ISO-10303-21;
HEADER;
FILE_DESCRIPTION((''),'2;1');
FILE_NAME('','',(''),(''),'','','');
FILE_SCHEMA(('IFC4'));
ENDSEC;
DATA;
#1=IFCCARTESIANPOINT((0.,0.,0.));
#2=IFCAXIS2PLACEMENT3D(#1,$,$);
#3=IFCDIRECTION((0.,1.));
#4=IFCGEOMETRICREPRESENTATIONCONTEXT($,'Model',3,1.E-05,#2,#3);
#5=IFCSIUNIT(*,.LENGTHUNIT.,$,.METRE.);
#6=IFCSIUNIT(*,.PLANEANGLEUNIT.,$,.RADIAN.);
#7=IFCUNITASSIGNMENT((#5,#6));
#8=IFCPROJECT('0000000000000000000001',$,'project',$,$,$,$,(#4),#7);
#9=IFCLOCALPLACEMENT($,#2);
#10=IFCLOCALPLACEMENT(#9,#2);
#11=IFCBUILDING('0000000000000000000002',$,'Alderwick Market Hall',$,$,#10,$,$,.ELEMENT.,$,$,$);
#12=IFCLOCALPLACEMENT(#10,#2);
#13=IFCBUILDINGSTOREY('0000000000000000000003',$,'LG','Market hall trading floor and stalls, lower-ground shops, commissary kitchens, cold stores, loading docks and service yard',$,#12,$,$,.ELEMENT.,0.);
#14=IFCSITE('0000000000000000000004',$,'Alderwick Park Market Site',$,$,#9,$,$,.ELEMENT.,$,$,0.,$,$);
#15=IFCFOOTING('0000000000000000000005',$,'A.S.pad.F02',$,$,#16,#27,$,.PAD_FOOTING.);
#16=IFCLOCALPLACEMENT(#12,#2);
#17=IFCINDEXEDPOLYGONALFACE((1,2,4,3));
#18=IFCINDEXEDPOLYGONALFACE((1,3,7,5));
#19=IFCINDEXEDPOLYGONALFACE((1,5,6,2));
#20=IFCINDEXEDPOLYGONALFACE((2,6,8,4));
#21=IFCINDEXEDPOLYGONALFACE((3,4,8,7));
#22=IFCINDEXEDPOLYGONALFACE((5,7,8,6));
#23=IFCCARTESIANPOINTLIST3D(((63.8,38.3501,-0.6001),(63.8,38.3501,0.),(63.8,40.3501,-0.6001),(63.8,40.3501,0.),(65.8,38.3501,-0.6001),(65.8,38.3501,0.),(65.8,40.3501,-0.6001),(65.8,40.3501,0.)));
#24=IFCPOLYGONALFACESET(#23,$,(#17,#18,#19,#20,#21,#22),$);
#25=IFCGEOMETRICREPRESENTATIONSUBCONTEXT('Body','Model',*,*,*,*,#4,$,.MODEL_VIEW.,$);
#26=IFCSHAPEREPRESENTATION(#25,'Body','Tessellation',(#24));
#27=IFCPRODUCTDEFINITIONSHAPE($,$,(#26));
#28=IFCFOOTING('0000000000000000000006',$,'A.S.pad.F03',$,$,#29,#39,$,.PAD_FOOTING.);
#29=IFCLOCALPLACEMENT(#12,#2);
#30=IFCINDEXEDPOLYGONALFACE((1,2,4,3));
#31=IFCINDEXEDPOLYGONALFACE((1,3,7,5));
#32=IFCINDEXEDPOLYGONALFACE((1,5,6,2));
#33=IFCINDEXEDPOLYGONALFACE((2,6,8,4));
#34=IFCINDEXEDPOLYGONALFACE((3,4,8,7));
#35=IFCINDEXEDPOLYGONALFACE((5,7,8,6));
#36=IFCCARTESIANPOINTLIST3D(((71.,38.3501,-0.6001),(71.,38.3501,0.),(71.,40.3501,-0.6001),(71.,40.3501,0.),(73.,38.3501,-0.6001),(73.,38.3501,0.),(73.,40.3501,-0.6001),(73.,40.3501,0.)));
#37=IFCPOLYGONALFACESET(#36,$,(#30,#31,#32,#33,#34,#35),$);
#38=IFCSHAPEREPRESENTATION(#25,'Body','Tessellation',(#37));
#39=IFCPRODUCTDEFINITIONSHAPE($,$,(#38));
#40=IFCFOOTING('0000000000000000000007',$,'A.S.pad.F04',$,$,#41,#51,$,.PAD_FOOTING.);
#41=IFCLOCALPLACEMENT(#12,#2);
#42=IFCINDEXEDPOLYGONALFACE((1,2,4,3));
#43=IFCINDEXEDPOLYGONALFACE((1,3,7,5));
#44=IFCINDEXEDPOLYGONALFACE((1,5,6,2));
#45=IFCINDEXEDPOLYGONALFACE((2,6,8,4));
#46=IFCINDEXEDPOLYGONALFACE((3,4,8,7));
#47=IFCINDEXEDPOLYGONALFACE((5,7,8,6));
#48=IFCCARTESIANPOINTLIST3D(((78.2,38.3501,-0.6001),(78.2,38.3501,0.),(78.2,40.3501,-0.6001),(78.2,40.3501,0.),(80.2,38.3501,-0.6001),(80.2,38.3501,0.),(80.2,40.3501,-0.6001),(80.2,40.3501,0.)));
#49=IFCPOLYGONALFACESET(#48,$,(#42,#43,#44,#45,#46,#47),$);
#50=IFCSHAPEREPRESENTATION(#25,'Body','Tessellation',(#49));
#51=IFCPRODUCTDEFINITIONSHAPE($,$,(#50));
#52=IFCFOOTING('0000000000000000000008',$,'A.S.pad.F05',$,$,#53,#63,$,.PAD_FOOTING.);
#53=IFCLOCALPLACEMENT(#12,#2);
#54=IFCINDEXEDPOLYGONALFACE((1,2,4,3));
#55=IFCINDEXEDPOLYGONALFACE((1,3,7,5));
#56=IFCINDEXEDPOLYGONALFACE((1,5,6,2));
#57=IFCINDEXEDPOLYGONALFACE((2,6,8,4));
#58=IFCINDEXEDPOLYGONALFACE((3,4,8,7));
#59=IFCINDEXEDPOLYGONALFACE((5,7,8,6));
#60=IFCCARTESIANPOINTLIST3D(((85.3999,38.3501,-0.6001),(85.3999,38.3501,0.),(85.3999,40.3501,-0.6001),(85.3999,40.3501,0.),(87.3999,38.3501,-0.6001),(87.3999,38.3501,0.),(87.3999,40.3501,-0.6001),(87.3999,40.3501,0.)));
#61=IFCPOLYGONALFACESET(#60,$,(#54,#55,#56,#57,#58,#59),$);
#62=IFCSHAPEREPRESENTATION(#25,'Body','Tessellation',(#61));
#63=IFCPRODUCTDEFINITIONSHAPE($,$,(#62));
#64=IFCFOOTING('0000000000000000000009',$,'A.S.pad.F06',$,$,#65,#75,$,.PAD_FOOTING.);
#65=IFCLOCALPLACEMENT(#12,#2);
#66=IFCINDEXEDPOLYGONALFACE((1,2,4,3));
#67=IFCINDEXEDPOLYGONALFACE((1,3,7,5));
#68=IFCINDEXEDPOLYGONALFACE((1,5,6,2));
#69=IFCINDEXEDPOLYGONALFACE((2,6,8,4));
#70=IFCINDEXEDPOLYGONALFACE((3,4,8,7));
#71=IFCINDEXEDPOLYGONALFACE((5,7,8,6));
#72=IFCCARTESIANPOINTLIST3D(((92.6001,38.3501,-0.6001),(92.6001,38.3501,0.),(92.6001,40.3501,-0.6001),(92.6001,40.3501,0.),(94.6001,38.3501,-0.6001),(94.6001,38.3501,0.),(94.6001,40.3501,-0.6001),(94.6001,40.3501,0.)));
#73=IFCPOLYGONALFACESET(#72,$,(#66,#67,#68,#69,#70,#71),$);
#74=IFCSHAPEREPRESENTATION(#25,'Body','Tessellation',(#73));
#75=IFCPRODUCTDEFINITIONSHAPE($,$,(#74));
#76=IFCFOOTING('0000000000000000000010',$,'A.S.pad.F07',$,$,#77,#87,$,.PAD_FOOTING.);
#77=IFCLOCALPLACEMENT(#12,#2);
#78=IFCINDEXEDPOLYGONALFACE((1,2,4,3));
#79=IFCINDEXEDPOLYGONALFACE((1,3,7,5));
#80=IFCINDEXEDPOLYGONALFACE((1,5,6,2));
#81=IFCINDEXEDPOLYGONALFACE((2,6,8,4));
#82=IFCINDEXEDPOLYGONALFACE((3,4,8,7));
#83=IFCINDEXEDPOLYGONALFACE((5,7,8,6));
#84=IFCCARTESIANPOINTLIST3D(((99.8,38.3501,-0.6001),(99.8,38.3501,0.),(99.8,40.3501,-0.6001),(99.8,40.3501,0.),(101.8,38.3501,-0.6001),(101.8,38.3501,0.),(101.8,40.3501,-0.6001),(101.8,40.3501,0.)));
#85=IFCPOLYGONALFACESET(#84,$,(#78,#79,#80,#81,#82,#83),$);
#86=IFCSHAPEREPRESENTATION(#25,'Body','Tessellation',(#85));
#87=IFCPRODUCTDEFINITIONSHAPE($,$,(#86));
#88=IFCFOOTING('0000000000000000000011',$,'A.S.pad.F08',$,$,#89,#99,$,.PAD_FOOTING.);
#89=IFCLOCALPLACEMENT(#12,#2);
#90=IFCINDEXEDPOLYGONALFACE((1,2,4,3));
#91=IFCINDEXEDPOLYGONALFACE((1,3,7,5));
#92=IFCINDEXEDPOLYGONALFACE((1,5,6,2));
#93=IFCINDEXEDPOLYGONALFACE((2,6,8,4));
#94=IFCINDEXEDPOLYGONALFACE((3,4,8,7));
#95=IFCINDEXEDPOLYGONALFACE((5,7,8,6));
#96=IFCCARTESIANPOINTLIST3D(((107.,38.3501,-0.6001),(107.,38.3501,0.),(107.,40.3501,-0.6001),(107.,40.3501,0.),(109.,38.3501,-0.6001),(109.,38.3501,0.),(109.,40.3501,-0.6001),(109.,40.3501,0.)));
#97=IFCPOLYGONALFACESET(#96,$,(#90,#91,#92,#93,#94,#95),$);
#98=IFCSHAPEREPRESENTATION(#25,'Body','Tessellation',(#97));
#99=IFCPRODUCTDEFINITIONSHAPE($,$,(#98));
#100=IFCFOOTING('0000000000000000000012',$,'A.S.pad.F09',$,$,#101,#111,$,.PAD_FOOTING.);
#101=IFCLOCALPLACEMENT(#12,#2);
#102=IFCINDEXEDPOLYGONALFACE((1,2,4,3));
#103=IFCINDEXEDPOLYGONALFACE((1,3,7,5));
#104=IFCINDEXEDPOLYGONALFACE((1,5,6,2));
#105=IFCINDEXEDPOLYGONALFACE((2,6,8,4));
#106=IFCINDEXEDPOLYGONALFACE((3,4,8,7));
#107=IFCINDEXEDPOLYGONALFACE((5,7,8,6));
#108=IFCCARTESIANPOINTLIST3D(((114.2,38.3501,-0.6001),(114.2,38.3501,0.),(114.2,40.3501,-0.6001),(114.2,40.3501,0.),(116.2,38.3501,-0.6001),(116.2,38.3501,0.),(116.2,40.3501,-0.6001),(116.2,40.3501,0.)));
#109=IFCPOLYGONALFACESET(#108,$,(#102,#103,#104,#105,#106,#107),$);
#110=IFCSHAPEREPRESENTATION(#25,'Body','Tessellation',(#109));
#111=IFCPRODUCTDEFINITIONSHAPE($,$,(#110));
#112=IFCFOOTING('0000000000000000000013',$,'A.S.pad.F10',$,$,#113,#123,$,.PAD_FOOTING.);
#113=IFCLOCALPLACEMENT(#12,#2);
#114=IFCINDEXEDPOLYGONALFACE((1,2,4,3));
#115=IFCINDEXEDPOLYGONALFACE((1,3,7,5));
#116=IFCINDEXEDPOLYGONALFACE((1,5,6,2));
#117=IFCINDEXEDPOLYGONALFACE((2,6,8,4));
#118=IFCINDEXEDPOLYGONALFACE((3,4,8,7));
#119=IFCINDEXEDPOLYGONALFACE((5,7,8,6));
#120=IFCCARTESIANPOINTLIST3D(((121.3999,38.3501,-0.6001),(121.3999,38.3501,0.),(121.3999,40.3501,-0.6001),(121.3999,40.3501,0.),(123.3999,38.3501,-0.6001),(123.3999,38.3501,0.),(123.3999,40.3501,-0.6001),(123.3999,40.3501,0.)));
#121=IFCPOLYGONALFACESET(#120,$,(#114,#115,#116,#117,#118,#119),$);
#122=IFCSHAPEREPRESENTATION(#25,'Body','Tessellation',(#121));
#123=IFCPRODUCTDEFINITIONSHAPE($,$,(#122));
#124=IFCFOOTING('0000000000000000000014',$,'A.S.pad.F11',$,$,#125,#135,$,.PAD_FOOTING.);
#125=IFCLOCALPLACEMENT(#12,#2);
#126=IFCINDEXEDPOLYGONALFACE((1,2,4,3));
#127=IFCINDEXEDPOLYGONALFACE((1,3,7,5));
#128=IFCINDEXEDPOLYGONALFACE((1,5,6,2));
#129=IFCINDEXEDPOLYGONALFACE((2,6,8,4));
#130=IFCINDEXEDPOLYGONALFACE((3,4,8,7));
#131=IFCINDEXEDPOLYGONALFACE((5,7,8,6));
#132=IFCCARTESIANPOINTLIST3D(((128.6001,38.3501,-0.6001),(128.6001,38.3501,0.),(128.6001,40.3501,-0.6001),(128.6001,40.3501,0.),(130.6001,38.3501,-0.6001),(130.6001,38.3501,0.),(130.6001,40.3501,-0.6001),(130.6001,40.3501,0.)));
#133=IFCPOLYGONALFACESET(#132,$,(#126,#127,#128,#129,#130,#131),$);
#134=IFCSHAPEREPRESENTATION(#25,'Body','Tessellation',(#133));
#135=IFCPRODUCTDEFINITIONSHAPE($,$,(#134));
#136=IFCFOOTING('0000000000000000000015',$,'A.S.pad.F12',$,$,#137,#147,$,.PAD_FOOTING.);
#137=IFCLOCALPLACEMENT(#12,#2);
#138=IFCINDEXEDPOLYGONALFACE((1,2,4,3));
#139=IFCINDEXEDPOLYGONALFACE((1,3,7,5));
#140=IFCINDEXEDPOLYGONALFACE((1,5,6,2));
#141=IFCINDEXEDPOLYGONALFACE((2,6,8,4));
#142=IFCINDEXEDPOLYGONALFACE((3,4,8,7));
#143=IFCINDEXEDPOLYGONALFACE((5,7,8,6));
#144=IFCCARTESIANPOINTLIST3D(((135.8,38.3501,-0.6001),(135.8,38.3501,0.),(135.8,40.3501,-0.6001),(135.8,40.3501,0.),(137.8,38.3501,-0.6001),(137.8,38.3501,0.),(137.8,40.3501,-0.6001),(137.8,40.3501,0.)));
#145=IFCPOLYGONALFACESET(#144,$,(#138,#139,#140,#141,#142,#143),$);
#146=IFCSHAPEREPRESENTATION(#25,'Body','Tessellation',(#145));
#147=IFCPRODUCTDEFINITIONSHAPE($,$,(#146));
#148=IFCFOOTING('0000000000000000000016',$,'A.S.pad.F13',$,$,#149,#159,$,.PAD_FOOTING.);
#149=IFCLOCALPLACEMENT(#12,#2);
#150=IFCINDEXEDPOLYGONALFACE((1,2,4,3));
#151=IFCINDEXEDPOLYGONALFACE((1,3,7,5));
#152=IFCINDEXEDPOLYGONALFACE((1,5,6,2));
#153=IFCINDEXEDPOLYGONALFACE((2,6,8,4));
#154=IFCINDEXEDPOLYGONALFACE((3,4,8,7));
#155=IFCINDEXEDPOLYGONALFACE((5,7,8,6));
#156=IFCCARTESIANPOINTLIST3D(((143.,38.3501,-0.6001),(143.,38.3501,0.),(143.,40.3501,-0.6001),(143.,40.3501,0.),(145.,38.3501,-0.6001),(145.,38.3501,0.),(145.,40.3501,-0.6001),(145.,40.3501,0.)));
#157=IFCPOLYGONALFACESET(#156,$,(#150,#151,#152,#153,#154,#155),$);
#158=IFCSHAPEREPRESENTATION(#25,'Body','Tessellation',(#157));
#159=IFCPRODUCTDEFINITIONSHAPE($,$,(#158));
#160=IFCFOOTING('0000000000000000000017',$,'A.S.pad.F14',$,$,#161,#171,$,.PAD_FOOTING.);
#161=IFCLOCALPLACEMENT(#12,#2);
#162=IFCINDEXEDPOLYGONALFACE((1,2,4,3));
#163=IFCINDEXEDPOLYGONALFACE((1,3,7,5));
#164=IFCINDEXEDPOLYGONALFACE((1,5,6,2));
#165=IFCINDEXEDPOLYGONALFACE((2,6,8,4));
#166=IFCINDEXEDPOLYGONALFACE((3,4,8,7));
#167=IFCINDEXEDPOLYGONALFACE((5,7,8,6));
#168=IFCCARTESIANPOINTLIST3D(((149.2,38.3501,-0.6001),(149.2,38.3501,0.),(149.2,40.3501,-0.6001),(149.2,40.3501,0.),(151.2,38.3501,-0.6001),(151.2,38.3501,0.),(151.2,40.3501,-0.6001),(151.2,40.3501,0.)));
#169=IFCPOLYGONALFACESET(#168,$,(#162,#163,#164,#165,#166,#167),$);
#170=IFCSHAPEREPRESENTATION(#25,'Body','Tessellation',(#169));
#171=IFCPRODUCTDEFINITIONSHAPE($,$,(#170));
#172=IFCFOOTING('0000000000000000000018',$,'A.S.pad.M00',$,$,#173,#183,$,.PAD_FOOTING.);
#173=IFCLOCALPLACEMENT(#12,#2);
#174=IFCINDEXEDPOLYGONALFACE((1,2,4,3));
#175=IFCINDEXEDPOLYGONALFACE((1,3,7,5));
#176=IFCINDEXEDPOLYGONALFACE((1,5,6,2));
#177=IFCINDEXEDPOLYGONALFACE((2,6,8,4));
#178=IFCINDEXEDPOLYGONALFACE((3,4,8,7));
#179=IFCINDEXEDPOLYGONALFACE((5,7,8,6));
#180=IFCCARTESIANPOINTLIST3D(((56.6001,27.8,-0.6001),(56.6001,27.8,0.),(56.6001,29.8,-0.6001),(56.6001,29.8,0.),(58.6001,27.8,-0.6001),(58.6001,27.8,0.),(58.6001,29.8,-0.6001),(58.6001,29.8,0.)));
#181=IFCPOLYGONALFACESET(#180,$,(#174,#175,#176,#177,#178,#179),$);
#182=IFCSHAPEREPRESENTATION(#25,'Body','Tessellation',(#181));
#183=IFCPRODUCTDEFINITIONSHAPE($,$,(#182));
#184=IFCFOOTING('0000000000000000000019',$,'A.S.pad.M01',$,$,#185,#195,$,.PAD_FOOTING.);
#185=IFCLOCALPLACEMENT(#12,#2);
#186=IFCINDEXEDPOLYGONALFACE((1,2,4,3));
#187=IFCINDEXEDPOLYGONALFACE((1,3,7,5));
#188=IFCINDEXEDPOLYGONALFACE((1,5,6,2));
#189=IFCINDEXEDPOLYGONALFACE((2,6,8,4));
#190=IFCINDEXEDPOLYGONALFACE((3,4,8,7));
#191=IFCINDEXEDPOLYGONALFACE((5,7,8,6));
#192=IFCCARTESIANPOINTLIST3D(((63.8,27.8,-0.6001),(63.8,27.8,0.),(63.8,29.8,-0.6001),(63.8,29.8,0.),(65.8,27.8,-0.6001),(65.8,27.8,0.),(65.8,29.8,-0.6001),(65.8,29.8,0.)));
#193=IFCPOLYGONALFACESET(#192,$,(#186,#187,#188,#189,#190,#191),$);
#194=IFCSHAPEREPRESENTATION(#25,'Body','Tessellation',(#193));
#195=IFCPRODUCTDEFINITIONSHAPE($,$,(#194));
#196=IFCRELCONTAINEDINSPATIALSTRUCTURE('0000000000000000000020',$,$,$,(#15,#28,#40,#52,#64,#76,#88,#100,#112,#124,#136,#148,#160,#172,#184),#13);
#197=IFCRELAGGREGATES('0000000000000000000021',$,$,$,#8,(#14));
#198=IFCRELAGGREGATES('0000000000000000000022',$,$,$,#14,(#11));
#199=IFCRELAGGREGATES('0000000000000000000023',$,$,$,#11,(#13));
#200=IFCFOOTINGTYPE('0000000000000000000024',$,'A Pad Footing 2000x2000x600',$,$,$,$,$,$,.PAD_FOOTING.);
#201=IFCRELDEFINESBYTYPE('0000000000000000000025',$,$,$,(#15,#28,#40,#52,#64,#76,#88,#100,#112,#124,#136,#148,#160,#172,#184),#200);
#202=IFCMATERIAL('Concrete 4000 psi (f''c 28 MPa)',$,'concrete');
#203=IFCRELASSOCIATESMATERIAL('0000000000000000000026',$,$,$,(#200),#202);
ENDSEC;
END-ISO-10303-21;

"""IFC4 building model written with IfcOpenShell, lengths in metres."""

from ifc_helpers import new_model, si_unit, direction, frame, origin, place, context, subcontext, project, spatial, polyline, outline, extrude, material, type_object, element, save


model = new_model("IFC4")

# Units and contexts
model_context = context("Model", 3, precision=1e-05, world=origin(), true_north=direction((0.0, 1.0)))
body_context = subcontext(model_context, "Body", "Model", "MODEL_VIEW")
ifc_project = project(units=[si_unit("LENGTHUNIT", "METRE"), si_unit("PLANEANGLEUNIT", "RADIAN")], contexts=[model_context])

# Site, building, storey
site_placement = place(None, origin())
site = spatial("IfcSite", under=ifc_project, at=site_placement, Name="Alderwick Park Market Site", CompositionType="ELEMENT", RefElevation=0.0)
building_placement = place(site_placement, origin())
building = spatial("IfcBuilding", under=site, at=building_placement, Name="Alderwick Market Hall", CompositionType="ELEMENT")
storey_placement = place(building_placement, origin())
storey = spatial("IfcBuildingStorey", under=building, at=storey_placement, Name="LG", Description="Market hall trading floor and stalls, lower-ground shops, commissary kitchens, cold stores, loading docks and service yard", CompositionType="ELEMENT", Elevation=0.0)

# Footings
ifc_material = material(Name="Concrete 4000 psi (f'c 28 MPa)", Category="concrete")
footing_type = type_object("IfcFootingType", Name="A Pad Footing 2000x2000x600", PredefinedType="PAD_FOOTING", material=ifc_material)
footing_1_placement = place(storey_placement, frame((0.0, 0.0, -0.6001)))
element("IfcFooting", 1, at=footing_1_placement, inside=storey, type_object=footing_type, Name="A.S.pad.F02", PredefinedType="PAD_FOOTING", context=body_context, shape_type="SweptSolid", body=[
    extrude(outline(polyline([(63.8, 38.3501), (65.8, 38.3501), (65.8, 40.3501), (63.8, 40.3501), (63.8, 38.3501)])), origin(), (0.0, 0.0, 1.0), 0.6001),
])
footing_2_placement = place(storey_placement, frame((0.0, 0.0, -0.6001)))
element("IfcFooting", 2, at=footing_2_placement, inside=storey, type_object=footing_type, Name="A.S.pad.F03", PredefinedType="PAD_FOOTING", context=body_context, shape_type="SweptSolid", body=[
    extrude(outline(polyline([(71.0, 38.3501), (73.0, 38.3501), (73.0, 40.3501), (71.0, 40.3501), (71.0, 38.3501)])), origin(), (0.0, 0.0, 1.0), 0.6001),
])
footing_3_placement = place(storey_placement, frame((0.0, 0.0, -0.6001)))
element("IfcFooting", 3, at=footing_3_placement, inside=storey, type_object=footing_type, Name="A.S.pad.F04", PredefinedType="PAD_FOOTING", context=body_context, shape_type="SweptSolid", body=[
    extrude(outline(polyline([(78.2, 38.3501), (80.2, 38.3501), (80.2, 40.3501), (78.2, 40.3501), (78.2, 38.3501)])), origin(), (0.0, 0.0, 1.0), 0.6001),
])
footing_4_placement = place(storey_placement, frame((0.0, 0.0, -0.6001)))
element("IfcFooting", 4, at=footing_4_placement, inside=storey, type_object=footing_type, Name="A.S.pad.F05", PredefinedType="PAD_FOOTING", context=body_context, shape_type="SweptSolid", body=[
    extrude(outline(polyline([(85.3999, 38.3501), (87.3999, 38.3501), (87.3999, 40.3501), (85.3999, 40.3501), (85.3999, 38.3501)])), origin(), (0.0, 0.0, 1.0), 0.6001),
])
footing_5_placement = place(storey_placement, frame((0.0, 0.0, -0.6001)))
element("IfcFooting", 5, at=footing_5_placement, inside=storey, type_object=footing_type, Name="A.S.pad.F06", PredefinedType="PAD_FOOTING", context=body_context, shape_type="SweptSolid", body=[
    extrude(outline(polyline([(92.6001, 38.3501), (94.6001, 38.3501), (94.6001, 40.3501), (92.6001, 40.3501), (92.6001, 38.3501)])), origin(), (0.0, 0.0, 1.0), 0.6001),
])
footing_6_placement = place(storey_placement, frame((0.0, 0.0, -0.6001)))
element("IfcFooting", 6, at=footing_6_placement, inside=storey, type_object=footing_type, Name="A.S.pad.F07", PredefinedType="PAD_FOOTING", context=body_context, shape_type="SweptSolid", body=[
    extrude(outline(polyline([(99.8, 38.3501), (101.8, 38.3501), (101.8, 40.3501), (99.8, 40.3501), (99.8, 38.3501)])), origin(), (0.0, 0.0, 1.0), 0.6001),
])
footing_7_placement = place(storey_placement, frame((0.0, 0.0, -0.6001)))
element("IfcFooting", 7, at=footing_7_placement, inside=storey, type_object=footing_type, Name="A.S.pad.F08", PredefinedType="PAD_FOOTING", context=body_context, shape_type="SweptSolid", body=[
    extrude(outline(polyline([(107.0, 38.3501), (109.0, 38.3501), (109.0, 40.3501), (107.0, 40.3501), (107.0, 38.3501)])), origin(), (0.0, 0.0, 1.0), 0.6001),
])
footing_8_placement = place(storey_placement, frame((0.0, 0.0, -0.6001)))
element("IfcFooting", 8, at=footing_8_placement, inside=storey, type_object=footing_type, Name="A.S.pad.F09", PredefinedType="PAD_FOOTING", context=body_context, shape_type="SweptSolid", body=[
    extrude(outline(polyline([(114.2, 38.3501), (116.2, 38.3501), (116.2, 40.3501), (114.2, 40.3501), (114.2, 38.3501)])), origin(), (0.0, 0.0, 1.0), 0.6001),
])
footing_9_placement = place(storey_placement, frame((0.0, 0.0, -0.6001)))
element("IfcFooting", 9, at=footing_9_placement, inside=storey, type_object=footing_type, Name="A.S.pad.F10", PredefinedType="PAD_FOOTING", context=body_context, shape_type="SweptSolid", body=[
    extrude(outline(polyline([(121.3999, 38.3501), (123.3999, 38.3501), (123.3999, 40.3501), (121.3999, 40.3501), (121.3999, 38.3501)])), origin(), (0.0, 0.0, 1.0), 0.6001),
])
footing_10_placement = place(storey_placement, frame((0.0, 0.0, -0.6001)))
element("IfcFooting", 10, at=footing_10_placement, inside=storey, type_object=footing_type, Name="A.S.pad.F11", PredefinedType="PAD_FOOTING", context=body_context, shape_type="SweptSolid", body=[
    extrude(outline(polyline([(128.6001, 38.3501), (130.6001, 38.3501), (130.6001, 40.3501), (128.6001, 40.3501), (128.6001, 38.3501)])), origin(), (0.0, 0.0, 1.0), 0.6001),
])
footing_11_placement = place(storey_placement, frame((0.0, 0.0, -0.6001)))
element("IfcFooting", 11, at=footing_11_placement, inside=storey, type_object=footing_type, Name="A.S.pad.F12", PredefinedType="PAD_FOOTING", context=body_context, shape_type="SweptSolid", body=[
    extrude(outline(polyline([(135.8, 38.3501), (137.8, 38.3501), (137.8, 40.3501), (135.8, 40.3501), (135.8, 38.3501)])), origin(), (0.0, 0.0, 1.0), 0.6001),
])
footing_12_placement = place(storey_placement, frame((0.0, 0.0, -0.6001)))
element("IfcFooting", 12, at=footing_12_placement, inside=storey, type_object=footing_type, Name="A.S.pad.F13", PredefinedType="PAD_FOOTING", context=body_context, shape_type="SweptSolid", body=[
    extrude(outline(polyline([(143.0, 38.3501), (145.0, 38.3501), (145.0, 40.3501), (143.0, 40.3501), (143.0, 38.3501)])), origin(), (0.0, 0.0, 1.0), 0.6001),
])
footing_13_placement = place(storey_placement, frame((0.0, 0.0, -0.6001)))
element("IfcFooting", 13, at=footing_13_placement, inside=storey, type_object=footing_type, Name="A.S.pad.F14", PredefinedType="PAD_FOOTING", context=body_context, shape_type="SweptSolid", body=[
    extrude(outline(polyline([(149.2, 38.3501), (151.2, 38.3501), (151.2, 40.3501), (149.2, 40.3501), (149.2, 38.3501)])), origin(), (0.0, 0.0, 1.0), 0.6001),
])
footing_14_placement = place(storey_placement, frame((0.0, 0.0, -0.6001)))
element("IfcFooting", 14, at=footing_14_placement, inside=storey, type_object=footing_type, Name="A.S.pad.M00", PredefinedType="PAD_FOOTING", context=body_context, shape_type="SweptSolid", body=[
    extrude(outline(polyline([(56.6001, 27.8), (58.6001, 27.8), (58.6001, 29.8), (56.6001, 29.8), (56.6001, 27.8)])), origin(), (0.0, 0.0, 1.0), 0.6001),
])
footing_15_placement = place(storey_placement, frame((0.0, 0.0, -0.6001)))
element("IfcFooting", 15, at=footing_15_placement, inside=storey, type_object=footing_type, Name="A.S.pad.M01", PredefinedType="PAD_FOOTING", context=body_context, shape_type="SweptSolid", body=[
    extrude(outline(polyline([(63.8, 27.8), (65.8, 27.8), (65.8, 29.8), (63.8, 29.8), (63.8, 27.8)])), origin(), (0.0, 0.0, 1.0), 0.6001),
])

save(model, "model.ifc")
